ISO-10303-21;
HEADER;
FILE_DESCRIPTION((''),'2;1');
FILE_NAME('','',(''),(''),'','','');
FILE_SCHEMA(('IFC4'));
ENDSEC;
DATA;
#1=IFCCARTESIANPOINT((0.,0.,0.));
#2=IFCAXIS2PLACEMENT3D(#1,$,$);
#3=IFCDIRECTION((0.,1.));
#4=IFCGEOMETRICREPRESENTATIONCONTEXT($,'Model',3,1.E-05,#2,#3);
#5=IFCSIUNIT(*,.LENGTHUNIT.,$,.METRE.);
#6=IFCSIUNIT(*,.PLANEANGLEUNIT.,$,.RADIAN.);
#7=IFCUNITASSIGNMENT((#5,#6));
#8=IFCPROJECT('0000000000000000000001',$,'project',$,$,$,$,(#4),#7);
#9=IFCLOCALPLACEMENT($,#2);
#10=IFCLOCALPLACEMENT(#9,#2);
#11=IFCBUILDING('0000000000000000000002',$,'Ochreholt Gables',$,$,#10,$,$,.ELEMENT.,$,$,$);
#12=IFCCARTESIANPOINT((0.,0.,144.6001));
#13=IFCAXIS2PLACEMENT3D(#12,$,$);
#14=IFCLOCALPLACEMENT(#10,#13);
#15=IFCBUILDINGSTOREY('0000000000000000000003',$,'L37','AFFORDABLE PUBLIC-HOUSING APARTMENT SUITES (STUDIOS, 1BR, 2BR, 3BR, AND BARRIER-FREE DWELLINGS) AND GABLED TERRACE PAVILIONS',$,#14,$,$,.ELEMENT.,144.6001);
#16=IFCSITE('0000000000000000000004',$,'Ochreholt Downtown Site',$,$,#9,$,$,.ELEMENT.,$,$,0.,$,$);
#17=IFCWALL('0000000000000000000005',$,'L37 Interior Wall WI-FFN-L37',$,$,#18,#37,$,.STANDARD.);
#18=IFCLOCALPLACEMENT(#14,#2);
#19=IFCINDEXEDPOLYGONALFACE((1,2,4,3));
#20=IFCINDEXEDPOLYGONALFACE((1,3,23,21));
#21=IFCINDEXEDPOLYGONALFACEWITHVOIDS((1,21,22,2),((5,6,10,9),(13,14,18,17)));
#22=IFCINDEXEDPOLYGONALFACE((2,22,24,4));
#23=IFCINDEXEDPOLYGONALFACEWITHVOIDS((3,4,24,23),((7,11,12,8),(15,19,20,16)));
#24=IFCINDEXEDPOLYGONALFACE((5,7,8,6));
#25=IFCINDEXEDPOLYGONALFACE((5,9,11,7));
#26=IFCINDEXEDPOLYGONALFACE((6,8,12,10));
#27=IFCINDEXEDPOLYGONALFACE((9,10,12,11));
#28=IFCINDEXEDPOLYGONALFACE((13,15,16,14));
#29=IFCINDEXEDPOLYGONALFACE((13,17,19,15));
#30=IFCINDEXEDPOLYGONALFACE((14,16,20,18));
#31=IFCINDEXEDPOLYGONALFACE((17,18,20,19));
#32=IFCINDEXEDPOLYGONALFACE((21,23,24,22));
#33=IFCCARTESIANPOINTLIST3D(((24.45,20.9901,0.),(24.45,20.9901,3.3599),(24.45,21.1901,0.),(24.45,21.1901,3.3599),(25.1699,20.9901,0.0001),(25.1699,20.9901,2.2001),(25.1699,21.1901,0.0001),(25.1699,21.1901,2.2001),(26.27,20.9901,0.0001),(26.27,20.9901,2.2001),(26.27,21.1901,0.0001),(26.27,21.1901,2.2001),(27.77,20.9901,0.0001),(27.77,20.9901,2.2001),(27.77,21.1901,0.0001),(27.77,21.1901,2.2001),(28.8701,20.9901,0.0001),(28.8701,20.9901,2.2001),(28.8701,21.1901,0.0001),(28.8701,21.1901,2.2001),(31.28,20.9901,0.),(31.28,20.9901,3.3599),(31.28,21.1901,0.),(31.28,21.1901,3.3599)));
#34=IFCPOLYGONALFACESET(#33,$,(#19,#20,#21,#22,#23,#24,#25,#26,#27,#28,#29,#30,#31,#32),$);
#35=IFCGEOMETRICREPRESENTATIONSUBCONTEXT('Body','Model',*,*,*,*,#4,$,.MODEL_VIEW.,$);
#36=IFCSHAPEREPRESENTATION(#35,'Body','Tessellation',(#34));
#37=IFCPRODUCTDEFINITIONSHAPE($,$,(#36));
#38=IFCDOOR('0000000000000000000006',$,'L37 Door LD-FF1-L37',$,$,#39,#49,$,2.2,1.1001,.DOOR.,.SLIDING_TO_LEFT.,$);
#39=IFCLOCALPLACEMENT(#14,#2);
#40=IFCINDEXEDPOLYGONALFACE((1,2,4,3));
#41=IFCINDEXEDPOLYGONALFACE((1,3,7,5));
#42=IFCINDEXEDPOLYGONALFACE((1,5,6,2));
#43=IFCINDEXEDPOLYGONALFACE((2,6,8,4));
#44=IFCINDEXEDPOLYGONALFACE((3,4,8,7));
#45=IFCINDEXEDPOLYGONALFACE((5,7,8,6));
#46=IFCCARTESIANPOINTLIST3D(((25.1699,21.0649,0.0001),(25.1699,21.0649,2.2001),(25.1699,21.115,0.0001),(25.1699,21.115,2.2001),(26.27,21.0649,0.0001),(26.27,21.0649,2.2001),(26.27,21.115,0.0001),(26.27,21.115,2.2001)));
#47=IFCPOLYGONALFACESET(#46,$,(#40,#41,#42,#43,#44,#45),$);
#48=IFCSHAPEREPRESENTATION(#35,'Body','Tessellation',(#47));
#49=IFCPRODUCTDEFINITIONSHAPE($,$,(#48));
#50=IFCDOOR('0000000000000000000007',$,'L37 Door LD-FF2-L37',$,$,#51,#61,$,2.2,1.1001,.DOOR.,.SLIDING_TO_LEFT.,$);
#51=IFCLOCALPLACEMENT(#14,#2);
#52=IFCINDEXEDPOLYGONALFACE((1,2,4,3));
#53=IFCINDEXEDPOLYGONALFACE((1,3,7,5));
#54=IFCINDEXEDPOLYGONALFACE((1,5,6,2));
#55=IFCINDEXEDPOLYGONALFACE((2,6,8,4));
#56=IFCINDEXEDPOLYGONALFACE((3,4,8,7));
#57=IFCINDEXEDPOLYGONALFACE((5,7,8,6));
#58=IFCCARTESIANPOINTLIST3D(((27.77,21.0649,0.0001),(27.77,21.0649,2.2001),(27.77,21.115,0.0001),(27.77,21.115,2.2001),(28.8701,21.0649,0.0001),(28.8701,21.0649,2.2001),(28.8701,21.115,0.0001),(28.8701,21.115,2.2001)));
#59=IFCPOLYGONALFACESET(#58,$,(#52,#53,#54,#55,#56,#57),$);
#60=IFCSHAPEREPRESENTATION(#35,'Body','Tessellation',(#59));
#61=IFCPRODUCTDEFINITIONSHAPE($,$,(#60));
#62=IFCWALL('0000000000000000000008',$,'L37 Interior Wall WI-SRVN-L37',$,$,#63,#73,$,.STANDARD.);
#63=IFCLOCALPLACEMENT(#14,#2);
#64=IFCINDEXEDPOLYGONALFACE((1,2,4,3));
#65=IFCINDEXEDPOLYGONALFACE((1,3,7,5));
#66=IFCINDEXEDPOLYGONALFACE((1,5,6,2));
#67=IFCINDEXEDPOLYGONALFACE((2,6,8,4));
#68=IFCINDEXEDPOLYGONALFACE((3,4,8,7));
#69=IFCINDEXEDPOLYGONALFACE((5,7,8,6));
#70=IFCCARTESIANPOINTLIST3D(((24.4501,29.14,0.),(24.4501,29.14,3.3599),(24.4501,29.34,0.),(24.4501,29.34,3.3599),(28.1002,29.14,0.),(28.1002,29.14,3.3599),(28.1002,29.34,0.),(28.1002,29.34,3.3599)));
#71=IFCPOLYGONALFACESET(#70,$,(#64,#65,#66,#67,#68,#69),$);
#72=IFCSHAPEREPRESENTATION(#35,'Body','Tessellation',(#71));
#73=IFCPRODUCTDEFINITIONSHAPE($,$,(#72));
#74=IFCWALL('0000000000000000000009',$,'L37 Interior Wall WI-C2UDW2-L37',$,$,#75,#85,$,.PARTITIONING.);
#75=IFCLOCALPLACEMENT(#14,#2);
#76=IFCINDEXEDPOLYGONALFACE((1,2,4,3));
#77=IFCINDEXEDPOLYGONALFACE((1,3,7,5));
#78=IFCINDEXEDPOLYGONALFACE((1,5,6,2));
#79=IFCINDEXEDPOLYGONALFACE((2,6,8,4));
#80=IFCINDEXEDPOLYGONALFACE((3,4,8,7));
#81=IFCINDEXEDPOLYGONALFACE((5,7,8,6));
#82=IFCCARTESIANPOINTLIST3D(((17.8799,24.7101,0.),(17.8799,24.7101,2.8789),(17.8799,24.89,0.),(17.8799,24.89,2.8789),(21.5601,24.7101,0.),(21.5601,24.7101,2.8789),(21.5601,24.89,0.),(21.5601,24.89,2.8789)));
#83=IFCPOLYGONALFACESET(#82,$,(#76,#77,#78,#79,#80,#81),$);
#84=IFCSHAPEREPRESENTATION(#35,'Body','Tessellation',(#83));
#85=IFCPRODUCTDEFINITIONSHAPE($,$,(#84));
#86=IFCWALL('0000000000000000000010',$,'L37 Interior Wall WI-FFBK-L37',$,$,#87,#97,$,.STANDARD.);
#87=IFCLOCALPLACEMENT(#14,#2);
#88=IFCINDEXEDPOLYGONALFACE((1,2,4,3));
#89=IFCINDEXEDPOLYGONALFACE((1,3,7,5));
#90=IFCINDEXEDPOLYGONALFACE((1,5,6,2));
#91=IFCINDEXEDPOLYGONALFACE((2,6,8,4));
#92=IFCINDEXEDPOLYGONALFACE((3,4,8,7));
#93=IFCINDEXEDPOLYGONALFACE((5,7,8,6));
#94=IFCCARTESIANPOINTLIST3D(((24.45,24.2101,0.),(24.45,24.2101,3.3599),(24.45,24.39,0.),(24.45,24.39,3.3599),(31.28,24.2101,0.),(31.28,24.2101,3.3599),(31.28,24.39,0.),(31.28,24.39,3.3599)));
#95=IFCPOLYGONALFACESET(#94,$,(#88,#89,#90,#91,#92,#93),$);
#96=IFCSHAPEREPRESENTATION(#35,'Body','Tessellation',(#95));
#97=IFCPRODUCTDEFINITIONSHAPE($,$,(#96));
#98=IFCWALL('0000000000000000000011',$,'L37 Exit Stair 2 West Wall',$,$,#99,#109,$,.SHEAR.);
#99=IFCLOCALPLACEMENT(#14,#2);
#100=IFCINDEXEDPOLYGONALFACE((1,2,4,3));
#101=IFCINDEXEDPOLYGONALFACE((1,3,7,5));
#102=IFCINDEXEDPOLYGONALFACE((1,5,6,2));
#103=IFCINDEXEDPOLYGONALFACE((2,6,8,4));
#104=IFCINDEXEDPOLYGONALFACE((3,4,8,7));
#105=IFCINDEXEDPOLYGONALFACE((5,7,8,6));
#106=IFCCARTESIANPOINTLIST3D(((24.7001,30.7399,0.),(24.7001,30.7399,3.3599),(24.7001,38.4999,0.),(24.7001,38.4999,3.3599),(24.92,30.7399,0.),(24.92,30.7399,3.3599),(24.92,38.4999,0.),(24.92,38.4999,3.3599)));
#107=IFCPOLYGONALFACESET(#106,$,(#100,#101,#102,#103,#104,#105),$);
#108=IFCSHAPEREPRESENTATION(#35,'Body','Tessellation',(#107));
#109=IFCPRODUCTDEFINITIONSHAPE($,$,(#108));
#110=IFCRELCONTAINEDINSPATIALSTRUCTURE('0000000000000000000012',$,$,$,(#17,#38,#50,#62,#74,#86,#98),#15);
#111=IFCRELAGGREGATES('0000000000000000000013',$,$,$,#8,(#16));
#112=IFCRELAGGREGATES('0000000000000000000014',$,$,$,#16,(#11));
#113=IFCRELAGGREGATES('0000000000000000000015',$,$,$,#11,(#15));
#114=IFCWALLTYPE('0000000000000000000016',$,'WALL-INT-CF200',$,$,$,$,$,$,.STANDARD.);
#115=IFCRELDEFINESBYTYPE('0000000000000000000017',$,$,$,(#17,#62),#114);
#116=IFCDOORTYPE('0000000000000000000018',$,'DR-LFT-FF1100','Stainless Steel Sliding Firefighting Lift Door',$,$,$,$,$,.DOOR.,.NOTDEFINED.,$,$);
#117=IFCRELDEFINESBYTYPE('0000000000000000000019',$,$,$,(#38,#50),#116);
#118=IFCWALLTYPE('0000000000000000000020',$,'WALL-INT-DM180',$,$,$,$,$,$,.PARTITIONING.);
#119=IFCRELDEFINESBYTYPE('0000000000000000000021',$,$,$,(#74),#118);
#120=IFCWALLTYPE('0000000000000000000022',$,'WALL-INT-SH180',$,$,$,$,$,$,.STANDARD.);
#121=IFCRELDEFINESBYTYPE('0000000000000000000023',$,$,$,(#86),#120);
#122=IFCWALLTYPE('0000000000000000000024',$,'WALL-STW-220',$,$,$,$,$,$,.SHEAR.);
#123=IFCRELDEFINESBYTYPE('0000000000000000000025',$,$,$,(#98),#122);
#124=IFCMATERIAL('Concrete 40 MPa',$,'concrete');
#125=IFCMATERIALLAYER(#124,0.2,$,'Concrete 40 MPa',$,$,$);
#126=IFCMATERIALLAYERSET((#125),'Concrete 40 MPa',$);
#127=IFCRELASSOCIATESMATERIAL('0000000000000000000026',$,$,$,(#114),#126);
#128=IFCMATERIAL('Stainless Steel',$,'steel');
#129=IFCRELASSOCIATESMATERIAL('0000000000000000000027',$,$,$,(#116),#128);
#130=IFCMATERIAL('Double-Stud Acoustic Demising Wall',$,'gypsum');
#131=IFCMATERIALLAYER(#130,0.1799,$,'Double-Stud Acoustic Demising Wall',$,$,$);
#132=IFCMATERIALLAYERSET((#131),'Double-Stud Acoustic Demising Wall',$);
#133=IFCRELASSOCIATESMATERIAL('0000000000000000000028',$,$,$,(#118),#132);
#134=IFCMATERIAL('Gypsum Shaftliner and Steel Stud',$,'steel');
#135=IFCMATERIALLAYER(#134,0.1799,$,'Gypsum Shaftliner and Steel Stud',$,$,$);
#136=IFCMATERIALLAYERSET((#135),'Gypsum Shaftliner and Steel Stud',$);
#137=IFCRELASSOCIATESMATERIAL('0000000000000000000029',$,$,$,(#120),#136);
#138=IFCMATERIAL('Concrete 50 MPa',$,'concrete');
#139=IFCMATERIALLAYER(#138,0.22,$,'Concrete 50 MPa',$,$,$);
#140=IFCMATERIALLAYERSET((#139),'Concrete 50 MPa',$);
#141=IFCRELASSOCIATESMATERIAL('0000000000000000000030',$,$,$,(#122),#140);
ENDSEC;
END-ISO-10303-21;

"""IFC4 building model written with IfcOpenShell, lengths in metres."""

from ifc_helpers import new_model, si_unit, direction, frame, frame_2d, origin, place, context, subcontext, project, spatial, rectangle, extrude, material, layer, layer_set, type_object, element, fill, save


model = new_model("IFC4")

# Units and contexts
model_context = context("Model", 3, precision=1e-05, world=origin(), true_north=direction((0.0, 1.0)))
body_context = subcontext(model_context, "Body", "Model", "MODEL_VIEW")
ifc_project = project(units=[si_unit("LENGTHUNIT", "METRE"), si_unit("PLANEANGLEUNIT", "RADIAN")], contexts=[model_context])

# Site, building, storey
site_placement = place(None, origin())
site = spatial("IfcSite", under=ifc_project, at=site_placement, Name="Ochreholt Downtown Site", CompositionType="ELEMENT", RefElevation=0.0)
building_placement = place(site_placement, origin())
building = spatial("IfcBuilding", under=site, at=building_placement, Name="Ochreholt Gables", CompositionType="ELEMENT")
storey_placement = place(building_placement, frame((0.0, 0.0, 144.6001)))
storey = spatial("IfcBuildingStorey", under=building, at=storey_placement, Name="L37", Description="AFFORDABLE PUBLIC-HOUSING APARTMENT SUITES (STUDIOS, 1BR, 2BR, 3BR, AND BARRIER-FREE DWELLINGS) AND GABLED TERRACE PAVILIONS", CompositionType="ELEMENT", Elevation=144.6001)

# Shared definitions
ifc_material_1 = material(Name="Concrete 50 MPa", Category="concrete")

# Wall, openings, doors
ifc_material_2 = material(Name="Concrete 40 MPa", Category="concrete")
ifc_layer_1 = layer(ifc_material_2, 0.2, Name="Concrete 40 MPa")
ifc_layer_set_1 = layer_set([ifc_layer_1], Name="Concrete 40 MPa")
wall_type_1 = type_object("IfcWallType", Name="WALL-INT-CF200", PredefinedType="STANDARD", material=ifc_layer_set_1)
wall_1_placement = place(storey_placement, frame((24.45, 21.0901, 0.0), z_axis=(0.0, 0.0, 1.0), x_axis=(1.0, 0.0, 0.0)))
wall_1 = element("IfcWall", 1, at=wall_1_placement, inside=storey, type_object=wall_type_1, Name="L37 Interior Wall WI-FFN-L37", PredefinedType="STANDARD", context=body_context, shape_type="SweptSolid", body=[
    extrude(rectangle(XDim=6.8301, YDim=0.2, at=frame_2d((3.415, 0.0))), origin(), (0.0, 0.0, 1.0), 3.3599),
])
opening_1_placement = place(wall_1_placement, frame((0.72, 0.0, 0.0)))
opening_1 = element("IfcOpeningElement", 2, at=opening_1_placement, cuts=wall_1, PredefinedType="OPENING", context=body_context, shape_type="SweptSolid", body=[
    extrude(rectangle(XDim=1.1001, YDim=2.2, at=frame_2d((0.55, 1.1001))), frame((0.0, 0.1099, 0.0), z_axis=(0.0, -1.0, 0.0), x_axis=(1.0, 0.0, 0.0)), (0.0, 0.0, 1.0), 0.22),
])
opening_2_placement = place(wall_1_placement, frame((3.3201, 0.0, 0.0)))
opening_2 = element("IfcOpeningElement", 3, at=opening_2_placement, cuts=wall_1, PredefinedType="OPENING", context=body_context, shape_type="SweptSolid", body=[
    extrude(rectangle(XDim=1.1001, YDim=2.2, at=frame_2d((0.55, 1.1001))), frame((0.0, 0.1099, 0.0), z_axis=(0.0, -1.0, 0.0), x_axis=(1.0, 0.0, 0.0)), (0.0, 0.0, 1.0), 0.22),
])
ifc_material_3 = material(Name="Stainless Steel", Category="steel")
door_type_1 = type_object("IfcDoorType", Name="DR-LFT-FF1100", Description="Stainless Steel Sliding Firefighting Lift Door", OperationType="NOTDEFINED", PredefinedType="DOOR", material=ifc_material_3)
door_1_placement = place(opening_1_placement, origin())
door_1 = element("IfcDoor", 4, at=door_1_placement, inside=storey, type_object=door_type_1, Name="L37 Door LD-FF1-L37", OperationType="SLIDING_TO_LEFT", OverallHeight=2.2, OverallWidth=1.1001, PredefinedType="DOOR", context=body_context, shape_type="SweptSolid", body=[
    extrude(rectangle(XDim=1.1001, YDim=2.2, at=frame_2d((0.55, 1.1001))), frame((0.0, 0.0249, 0.0), z_axis=(0.0, -1.0, 0.0), x_axis=(1.0, 0.0, 0.0)), (0.0, 0.0, 1.0), 0.05),
])
fill(opening_1, door_1)
door_2_placement = place(opening_2_placement, origin())
door_2 = element("IfcDoor", 5, at=door_2_placement, inside=storey, type_object=door_type_1, Name="L37 Door LD-FF2-L37", OperationType="SLIDING_TO_LEFT", OverallHeight=2.2, OverallWidth=1.1001, PredefinedType="DOOR", context=body_context, shape_type="SweptSolid", body=[
    extrude(rectangle(XDim=1.1001, YDim=2.2, at=frame_2d((0.55, 1.1001))), frame((0.0, 0.0249, 0.0), z_axis=(0.0, -1.0, 0.0), x_axis=(1.0, 0.0, 0.0)), (0.0, 0.0, 1.0), 0.05),
])
fill(opening_2, door_2)

# Walls
wall_2_placement = place(storey_placement, frame((24.45, 29.24, 0.0), z_axis=(0.0, 0.0, 1.0), x_axis=(1.0, 0.0, 0.0)))
element("IfcWall", 6, at=wall_2_placement, inside=storey, type_object=wall_type_1, Name="L37 Interior Wall WI-SRVN-L37", PredefinedType="STANDARD", context=body_context, shape_type="SweptSolid", body=[
    extrude(rectangle(XDim=3.6501, YDim=0.2, at=frame_2d((1.8252, 0.0))), origin(), (0.0, 0.0, 1.0), 3.3599),
])
ifc_material_4 = material(Name="Double-Stud Acoustic Demising Wall", Category="gypsum")
ifc_layer_2 = layer(ifc_material_4, 0.1799, Name="Double-Stud Acoustic Demising Wall")
ifc_layer_set_2 = layer_set([ifc_layer_2], Name="Double-Stud Acoustic Demising Wall")
wall_type_2 = type_object("IfcWallType", Name="WALL-INT-DM180", PredefinedType="PARTITIONING", material=ifc_layer_set_2)
wall_3_placement = place(storey_placement, frame((17.8799, 24.8, 0.0), z_axis=(0.0, 0.0, 1.0), x_axis=(1.0, 0.0, 0.0)))
element("IfcWall", 7, at=wall_3_placement, inside=storey, type_object=wall_type_2, Name="L37 Interior Wall WI-C2UDW2-L37", PredefinedType="PARTITIONING", context=body_context, shape_type="SweptSolid", body=[
    extrude(rectangle(XDim=3.6802, YDim=0.1799, at=frame_2d((1.8401, 0.0))), origin(), (0.0, 0.0, 1.0), 2.8789),
])
ifc_material_5 = material(Name="Gypsum Shaftliner and Steel Stud", Category="steel")
ifc_layer_3 = layer(ifc_material_5, 0.1799, Name="Gypsum Shaftliner and Steel Stud")
ifc_layer_set_3 = layer_set([ifc_layer_3], Name="Gypsum Shaftliner and Steel Stud")
wall_type_3 = type_object("IfcWallType", Name="WALL-INT-SH180", PredefinedType="STANDARD", material=ifc_layer_set_3)
wall_4_placement = place(storey_placement, frame((24.45, 24.3, 0.0), z_axis=(0.0, 0.0, 1.0), x_axis=(1.0, 0.0, 0.0)))
element("IfcWall", 8, at=wall_4_placement, inside=storey, type_object=wall_type_3, Name="L37 Interior Wall WI-FFBK-L37", PredefinedType="STANDARD", context=body_context, shape_type="SweptSolid", body=[
    extrude(rectangle(XDim=6.8301, YDim=0.1799, at=frame_2d((3.415, 0.0))), origin(), (0.0, 0.0, 1.0), 3.3599),
])
ifc_layer_4 = layer(ifc_material_1, 0.22, Name="Concrete 50 MPa")
ifc_layer_set_4 = layer_set([ifc_layer_4], Name="Concrete 50 MPa")
wall_type_4 = type_object("IfcWallType", Name="WALL-STW-220", PredefinedType="SHEAR", material=ifc_layer_set_4)
wall_5_placement = place(storey_placement, frame((24.8101, 30.74, 0.0), z_axis=(0.0, 0.0, 1.0), x_axis=(0.0, 1.0, 0.0)))
element("IfcWall", 9, at=wall_5_placement, inside=storey, type_object=wall_type_4, Name="L37 Exit Stair 2 West Wall", PredefinedType="SHEAR", context=body_context, shape_type="SweptSolid", body=[
    extrude(rectangle(XDim=7.76, YDim=0.22, at=frame_2d((3.8799, 0.0))), origin(), (0.0, 0.0, 1.0), 3.3599),
])

save(model, "model.ifc")
